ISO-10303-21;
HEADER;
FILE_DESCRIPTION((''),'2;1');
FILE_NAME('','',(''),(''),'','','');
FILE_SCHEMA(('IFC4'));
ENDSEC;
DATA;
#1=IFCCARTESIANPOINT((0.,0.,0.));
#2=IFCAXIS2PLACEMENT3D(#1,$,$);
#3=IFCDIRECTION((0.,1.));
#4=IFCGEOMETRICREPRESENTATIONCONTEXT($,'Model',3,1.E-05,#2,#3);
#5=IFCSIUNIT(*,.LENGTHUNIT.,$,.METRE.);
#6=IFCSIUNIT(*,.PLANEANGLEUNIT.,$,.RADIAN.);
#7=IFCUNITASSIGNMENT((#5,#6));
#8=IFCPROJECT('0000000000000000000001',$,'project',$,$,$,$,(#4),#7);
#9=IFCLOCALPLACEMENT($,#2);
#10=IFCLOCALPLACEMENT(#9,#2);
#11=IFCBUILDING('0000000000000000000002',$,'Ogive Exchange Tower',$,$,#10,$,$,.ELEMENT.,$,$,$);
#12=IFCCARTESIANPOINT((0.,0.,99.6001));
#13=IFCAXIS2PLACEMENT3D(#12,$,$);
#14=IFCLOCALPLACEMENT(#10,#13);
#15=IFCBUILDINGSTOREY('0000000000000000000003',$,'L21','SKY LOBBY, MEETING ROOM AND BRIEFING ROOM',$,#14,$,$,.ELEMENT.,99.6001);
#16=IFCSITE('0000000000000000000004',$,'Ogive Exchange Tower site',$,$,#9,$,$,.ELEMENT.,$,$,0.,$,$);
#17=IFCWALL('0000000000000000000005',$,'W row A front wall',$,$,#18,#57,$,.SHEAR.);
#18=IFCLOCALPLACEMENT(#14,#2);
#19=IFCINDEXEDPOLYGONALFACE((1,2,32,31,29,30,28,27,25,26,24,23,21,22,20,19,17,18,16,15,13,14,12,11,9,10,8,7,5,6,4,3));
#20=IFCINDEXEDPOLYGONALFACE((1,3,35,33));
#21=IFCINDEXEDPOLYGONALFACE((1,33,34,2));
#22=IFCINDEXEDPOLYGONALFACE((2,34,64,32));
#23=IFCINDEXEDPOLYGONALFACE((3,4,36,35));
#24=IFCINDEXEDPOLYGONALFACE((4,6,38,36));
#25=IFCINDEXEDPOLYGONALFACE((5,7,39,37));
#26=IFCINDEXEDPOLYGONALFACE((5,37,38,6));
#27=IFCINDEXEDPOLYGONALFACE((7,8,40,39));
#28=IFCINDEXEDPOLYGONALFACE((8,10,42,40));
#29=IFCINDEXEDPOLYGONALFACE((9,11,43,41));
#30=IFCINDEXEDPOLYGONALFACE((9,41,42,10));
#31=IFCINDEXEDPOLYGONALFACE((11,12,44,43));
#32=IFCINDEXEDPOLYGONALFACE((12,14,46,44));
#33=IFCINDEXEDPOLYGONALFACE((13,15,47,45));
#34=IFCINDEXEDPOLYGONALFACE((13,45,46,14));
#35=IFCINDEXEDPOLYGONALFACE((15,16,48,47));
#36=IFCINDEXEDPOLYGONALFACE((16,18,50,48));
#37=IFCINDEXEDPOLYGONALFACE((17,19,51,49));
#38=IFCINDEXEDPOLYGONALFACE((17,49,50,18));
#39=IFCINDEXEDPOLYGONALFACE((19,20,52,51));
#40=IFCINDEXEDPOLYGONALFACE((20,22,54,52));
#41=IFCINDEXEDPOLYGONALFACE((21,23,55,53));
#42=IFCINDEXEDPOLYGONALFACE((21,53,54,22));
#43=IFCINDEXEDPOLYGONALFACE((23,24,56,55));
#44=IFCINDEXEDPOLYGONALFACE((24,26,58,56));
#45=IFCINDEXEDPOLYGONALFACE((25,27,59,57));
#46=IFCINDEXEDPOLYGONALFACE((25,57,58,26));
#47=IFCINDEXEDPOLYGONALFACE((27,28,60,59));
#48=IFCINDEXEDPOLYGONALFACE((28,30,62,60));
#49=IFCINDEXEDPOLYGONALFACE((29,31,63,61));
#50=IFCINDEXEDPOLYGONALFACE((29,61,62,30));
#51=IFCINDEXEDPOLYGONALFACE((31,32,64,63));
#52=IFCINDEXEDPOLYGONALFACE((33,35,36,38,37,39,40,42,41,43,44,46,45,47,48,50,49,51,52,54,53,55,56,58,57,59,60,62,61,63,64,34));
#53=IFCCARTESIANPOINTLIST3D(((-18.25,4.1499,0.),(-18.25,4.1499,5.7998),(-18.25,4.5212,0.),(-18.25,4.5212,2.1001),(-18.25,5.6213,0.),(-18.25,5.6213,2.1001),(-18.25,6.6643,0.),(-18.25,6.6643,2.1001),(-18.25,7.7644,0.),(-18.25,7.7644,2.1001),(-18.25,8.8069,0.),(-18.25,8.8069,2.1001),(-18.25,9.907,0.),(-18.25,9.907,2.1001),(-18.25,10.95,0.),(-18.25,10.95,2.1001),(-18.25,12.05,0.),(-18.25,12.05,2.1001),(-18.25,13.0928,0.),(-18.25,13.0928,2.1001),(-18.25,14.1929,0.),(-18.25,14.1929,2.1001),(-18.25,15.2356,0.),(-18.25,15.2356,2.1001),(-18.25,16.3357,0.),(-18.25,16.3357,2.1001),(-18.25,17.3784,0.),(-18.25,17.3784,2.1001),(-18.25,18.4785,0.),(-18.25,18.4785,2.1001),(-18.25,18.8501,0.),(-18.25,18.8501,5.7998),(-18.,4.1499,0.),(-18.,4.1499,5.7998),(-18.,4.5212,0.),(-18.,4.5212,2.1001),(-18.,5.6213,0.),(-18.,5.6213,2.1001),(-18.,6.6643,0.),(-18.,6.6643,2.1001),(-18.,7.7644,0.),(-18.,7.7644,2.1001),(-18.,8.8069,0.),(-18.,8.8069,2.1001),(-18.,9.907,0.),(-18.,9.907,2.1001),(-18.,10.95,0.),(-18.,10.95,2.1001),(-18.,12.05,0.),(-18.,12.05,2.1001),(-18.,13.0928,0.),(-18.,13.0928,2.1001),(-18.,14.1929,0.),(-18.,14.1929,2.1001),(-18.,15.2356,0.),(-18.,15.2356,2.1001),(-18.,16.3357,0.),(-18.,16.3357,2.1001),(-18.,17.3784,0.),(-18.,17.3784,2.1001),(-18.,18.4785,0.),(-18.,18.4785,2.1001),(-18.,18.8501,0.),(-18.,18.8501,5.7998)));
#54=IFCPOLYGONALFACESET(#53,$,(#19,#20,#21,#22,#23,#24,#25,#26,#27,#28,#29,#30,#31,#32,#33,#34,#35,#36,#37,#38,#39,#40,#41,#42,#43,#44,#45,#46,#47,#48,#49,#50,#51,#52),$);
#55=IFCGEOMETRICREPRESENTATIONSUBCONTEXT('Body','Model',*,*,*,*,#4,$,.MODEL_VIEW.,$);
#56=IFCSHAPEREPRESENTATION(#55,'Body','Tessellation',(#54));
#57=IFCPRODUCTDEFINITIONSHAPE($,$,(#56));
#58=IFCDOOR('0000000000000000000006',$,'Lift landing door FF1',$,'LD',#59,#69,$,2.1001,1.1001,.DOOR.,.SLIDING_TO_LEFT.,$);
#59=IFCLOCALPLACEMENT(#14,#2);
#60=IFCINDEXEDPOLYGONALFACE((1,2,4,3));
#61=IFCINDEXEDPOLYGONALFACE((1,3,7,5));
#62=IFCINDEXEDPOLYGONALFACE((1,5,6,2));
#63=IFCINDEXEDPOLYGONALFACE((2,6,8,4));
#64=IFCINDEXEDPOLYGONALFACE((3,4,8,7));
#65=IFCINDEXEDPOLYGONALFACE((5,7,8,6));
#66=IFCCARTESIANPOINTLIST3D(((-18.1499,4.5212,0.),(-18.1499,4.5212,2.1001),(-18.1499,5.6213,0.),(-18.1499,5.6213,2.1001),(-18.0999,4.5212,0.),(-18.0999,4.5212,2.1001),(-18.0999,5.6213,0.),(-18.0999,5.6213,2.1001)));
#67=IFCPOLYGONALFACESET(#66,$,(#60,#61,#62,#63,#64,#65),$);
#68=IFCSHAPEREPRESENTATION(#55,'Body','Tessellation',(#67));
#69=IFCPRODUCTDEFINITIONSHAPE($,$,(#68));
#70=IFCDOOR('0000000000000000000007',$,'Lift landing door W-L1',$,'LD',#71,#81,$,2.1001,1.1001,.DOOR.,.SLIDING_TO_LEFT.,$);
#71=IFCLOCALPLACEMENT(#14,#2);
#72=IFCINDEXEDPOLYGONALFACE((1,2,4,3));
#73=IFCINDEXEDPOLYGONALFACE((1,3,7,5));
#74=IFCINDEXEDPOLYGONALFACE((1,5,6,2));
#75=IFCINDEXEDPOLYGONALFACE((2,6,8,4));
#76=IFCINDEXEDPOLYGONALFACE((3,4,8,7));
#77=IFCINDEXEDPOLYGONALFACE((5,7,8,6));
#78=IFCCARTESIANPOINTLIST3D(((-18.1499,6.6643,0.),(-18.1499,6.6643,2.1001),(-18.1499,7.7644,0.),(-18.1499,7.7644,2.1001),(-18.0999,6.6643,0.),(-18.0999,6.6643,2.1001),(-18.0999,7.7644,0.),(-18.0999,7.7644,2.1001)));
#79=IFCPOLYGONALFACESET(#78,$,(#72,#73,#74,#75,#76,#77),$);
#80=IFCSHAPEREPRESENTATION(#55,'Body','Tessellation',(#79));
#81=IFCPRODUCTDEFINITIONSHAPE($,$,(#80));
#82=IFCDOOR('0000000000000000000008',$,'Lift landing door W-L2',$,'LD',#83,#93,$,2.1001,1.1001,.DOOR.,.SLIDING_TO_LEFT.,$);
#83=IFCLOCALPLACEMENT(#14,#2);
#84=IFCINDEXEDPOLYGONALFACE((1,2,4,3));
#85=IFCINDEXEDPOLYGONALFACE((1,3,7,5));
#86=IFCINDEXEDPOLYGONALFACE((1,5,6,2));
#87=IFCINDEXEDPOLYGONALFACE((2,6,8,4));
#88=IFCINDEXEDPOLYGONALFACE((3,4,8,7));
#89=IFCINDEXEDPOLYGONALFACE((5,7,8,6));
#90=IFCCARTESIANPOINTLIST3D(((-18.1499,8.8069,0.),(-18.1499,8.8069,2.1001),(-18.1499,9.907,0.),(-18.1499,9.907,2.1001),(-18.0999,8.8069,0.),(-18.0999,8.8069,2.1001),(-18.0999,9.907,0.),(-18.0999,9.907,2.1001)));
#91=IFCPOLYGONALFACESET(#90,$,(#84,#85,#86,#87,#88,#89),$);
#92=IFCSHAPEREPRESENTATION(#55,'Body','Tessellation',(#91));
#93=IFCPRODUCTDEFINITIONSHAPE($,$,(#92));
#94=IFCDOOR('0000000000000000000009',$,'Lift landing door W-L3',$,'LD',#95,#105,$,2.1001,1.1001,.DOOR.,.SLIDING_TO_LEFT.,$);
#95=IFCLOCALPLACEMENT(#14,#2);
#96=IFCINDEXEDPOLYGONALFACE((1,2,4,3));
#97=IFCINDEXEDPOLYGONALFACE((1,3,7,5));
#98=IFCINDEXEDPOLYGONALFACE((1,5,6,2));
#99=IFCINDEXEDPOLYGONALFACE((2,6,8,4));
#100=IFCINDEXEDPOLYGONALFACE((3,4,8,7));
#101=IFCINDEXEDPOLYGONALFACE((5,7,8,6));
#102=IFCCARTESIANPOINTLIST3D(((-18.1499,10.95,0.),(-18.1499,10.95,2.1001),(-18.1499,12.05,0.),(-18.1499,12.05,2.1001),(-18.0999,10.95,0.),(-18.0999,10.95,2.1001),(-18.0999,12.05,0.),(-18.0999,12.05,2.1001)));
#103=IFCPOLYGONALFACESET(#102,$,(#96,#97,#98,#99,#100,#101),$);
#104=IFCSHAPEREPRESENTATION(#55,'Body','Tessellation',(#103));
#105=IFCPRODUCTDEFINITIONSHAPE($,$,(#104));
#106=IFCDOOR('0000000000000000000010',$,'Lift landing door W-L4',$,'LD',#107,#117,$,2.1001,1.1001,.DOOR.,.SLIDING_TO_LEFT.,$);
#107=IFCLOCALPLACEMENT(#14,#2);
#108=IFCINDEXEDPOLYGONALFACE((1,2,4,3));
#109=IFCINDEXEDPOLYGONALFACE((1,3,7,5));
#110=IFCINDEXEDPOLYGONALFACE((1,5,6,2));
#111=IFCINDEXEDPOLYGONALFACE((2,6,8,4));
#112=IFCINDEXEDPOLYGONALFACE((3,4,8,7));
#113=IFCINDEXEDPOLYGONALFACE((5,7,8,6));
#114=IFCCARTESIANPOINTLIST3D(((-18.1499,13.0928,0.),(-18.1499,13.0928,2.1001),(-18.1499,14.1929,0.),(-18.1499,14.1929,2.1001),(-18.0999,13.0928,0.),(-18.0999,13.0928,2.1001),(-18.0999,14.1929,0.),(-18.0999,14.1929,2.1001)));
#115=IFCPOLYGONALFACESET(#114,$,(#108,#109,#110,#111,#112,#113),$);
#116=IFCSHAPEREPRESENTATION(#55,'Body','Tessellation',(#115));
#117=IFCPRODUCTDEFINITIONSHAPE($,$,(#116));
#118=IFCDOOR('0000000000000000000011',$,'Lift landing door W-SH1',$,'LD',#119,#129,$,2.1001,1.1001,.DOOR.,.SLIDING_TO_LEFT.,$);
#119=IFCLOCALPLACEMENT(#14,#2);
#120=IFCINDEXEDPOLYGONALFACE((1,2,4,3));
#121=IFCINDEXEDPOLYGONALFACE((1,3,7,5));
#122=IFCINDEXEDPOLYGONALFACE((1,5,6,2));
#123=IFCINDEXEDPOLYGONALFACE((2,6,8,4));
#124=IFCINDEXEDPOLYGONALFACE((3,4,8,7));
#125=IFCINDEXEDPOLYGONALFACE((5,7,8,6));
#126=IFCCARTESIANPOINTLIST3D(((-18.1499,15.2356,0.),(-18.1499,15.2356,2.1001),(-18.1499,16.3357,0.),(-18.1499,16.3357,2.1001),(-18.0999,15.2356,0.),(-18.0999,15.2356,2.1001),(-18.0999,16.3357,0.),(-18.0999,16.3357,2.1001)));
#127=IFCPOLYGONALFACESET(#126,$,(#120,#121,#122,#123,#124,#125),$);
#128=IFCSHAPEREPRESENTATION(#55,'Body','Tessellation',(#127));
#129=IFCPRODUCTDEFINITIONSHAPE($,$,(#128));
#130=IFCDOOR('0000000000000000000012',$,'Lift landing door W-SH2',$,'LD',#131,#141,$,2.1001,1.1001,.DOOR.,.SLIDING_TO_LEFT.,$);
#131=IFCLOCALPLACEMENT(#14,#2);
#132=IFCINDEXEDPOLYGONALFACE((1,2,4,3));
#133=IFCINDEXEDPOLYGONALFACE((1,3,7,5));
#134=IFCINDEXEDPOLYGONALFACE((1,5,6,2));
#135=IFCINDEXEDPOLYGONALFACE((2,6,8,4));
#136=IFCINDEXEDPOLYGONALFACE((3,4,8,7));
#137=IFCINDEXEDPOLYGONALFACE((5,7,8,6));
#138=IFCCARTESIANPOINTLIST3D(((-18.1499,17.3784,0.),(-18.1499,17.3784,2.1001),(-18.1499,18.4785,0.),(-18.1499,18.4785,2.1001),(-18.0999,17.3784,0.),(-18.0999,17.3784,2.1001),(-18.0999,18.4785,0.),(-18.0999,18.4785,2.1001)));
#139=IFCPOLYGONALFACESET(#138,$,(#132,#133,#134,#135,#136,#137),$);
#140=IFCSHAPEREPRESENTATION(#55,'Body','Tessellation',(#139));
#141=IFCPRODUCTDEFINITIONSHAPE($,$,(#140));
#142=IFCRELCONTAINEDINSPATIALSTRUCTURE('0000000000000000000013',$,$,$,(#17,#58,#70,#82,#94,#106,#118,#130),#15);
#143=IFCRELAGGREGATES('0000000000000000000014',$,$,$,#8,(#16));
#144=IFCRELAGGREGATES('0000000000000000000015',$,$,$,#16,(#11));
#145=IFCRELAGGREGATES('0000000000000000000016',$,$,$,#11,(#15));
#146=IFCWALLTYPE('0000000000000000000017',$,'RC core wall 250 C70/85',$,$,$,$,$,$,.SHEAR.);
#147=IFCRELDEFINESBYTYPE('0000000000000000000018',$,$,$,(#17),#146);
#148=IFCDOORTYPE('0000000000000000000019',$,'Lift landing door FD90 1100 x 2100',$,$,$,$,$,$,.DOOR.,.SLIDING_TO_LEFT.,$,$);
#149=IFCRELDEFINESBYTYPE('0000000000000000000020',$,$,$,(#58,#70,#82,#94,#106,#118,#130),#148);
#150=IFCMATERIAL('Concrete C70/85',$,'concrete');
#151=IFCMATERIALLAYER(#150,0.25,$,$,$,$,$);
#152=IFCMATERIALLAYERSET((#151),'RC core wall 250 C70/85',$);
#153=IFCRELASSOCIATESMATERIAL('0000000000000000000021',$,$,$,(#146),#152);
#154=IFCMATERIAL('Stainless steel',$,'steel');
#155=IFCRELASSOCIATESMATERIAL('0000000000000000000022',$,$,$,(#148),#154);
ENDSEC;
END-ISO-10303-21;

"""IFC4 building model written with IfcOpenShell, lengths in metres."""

from ifc_helpers import new_model, si_unit, direction, frame, frame_2d, origin, place, context, subcontext, project, spatial, rectangle, extrude, material, layer, layer_set, type_object, element, fill, save


model = new_model("IFC4")

# Units and contexts
model_context = context("Model", 3, precision=1e-05, world=origin(), true_north=direction((0.0, 1.0)))
body_context = subcontext(model_context, "Body", "Model", "MODEL_VIEW")
ifc_project = project(units=[si_unit("LENGTHUNIT", "METRE"), si_unit("PLANEANGLEUNIT", "RADIAN")], contexts=[model_context])

# Site, building, storey
site_placement = place(None, origin())
site = spatial("IfcSite", under=ifc_project, at=site_placement, Name="Ogive Exchange Tower site", CompositionType="ELEMENT", RefElevation=0.0)
building_placement = place(site_placement, origin())
building = spatial("IfcBuilding", under=site, at=building_placement, Name="Ogive Exchange Tower", CompositionType="ELEMENT")
storey_placement = place(building_placement, frame((0.0, 0.0, 99.6001)))
storey = spatial("IfcBuildingStorey", under=building, at=storey_placement, Name="L21", Description="SKY LOBBY, MEETING ROOM AND BRIEFING ROOM", CompositionType="ELEMENT", Elevation=99.6001)

# Shared definitions
ifc_material_1 = material(Name="Concrete C70/85", Category="concrete")
ifc_layer_1 = layer(ifc_material_1, 0.25)
ifc_layer_set_1 = layer_set([ifc_layer_1], Name="RC core wall 250 C70/85")
wall_type_1 = type_object("IfcWallType", Name="RC core wall 250 C70/85", PredefinedType="SHEAR", material=ifc_layer_set_1)

# Wall, openings, doors
wall_1_placement = place(storey_placement, frame((-18.125, 4.1499, 0.0), z_axis=(0.0, 0.0, 1.0), x_axis=(0.0, 1.0, 0.0)))
wall_1 = element("IfcWall", 1, at=wall_1_placement, inside=storey, type_object=wall_type_1, Name="W row A front wall", PredefinedType="SHEAR", context=body_context, shape_type="SweptSolid", body=[
    extrude(rectangle(XDim=14.7002, YDim=0.25, at=frame_2d((7.3501, 0.0))), origin(), (0.0, 0.0, 1.0), 5.7998),
])
opening_1_placement = place(wall_1_placement, frame((0.3713, 0.0, 0.0)))
opening_1 = element("IfcOpeningElement", 2, at=opening_1_placement, cuts=wall_1, PredefinedType="OPENING", context=body_context, shape_type="SweptSolid", body=[
    extrude(rectangle(XDim=1.1001, YDim=2.1001, at=frame_2d((0.55, 1.05))), frame((0.0, 0.135, 0.0), z_axis=(0.0, -1.0, 0.0), x_axis=(1.0, 0.0, 0.0)), (0.0, 0.0, 1.0), 0.27),
])
opening_2_placement = place(wall_1_placement, frame((2.5144, 0.0, 0.0)))
opening_2 = element("IfcOpeningElement", 3, at=opening_2_placement, cuts=wall_1, PredefinedType="OPENING", context=body_context, shape_type="SweptSolid", body=[
    extrude(rectangle(XDim=1.1001, YDim=2.1001, at=frame_2d((0.55, 1.05))), frame((0.0, 0.135, 0.0), z_axis=(0.0, -1.0, 0.0), x_axis=(1.0, 0.0, 0.0)), (0.0, 0.0, 1.0), 0.27),
])
opening_3_placement = place(wall_1_placement, frame((4.657, 0.0, 0.0)))
opening_3 = element("IfcOpeningElement", 4, at=opening_3_placement, cuts=wall_1, PredefinedType="OPENING", context=body_context, shape_type="SweptSolid", body=[
    extrude(rectangle(XDim=1.1001, YDim=2.1001, at=frame_2d((0.55, 1.05))), frame((0.0, 0.135, 0.0), z_axis=(0.0, -1.0, 0.0), x_axis=(1.0, 0.0, 0.0)), (0.0, 0.0, 1.0), 0.27),
])
opening_4_placement = place(wall_1_placement, frame((6.8, 0.0, 0.0)))
opening_4 = element("IfcOpeningElement", 5, at=opening_4_placement, cuts=wall_1, PredefinedType="OPENING", context=body_context, shape_type="SweptSolid", body=[
    extrude(rectangle(XDim=1.1001, YDim=2.1001, at=frame_2d((0.55, 1.05))), frame((0.0, 0.135, 0.0), z_axis=(0.0, -1.0, 0.0), x_axis=(1.0, 0.0, 0.0)), (0.0, 0.0, 1.0), 0.27),
])
opening_5_placement = place(wall_1_placement, frame((8.9429, 0.0, 0.0)))
opening_5 = element("IfcOpeningElement", 6, at=opening_5_placement, cuts=wall_1, PredefinedType="OPENING", context=body_context, shape_type="SweptSolid", body=[
    extrude(rectangle(XDim=1.1001, YDim=2.1001, at=frame_2d((0.55, 1.05))), frame((0.0, 0.135, 0.0), z_axis=(0.0, -1.0, 0.0), x_axis=(1.0, 0.0, 0.0)), (0.0, 0.0, 1.0), 0.27),
])
opening_6_placement = place(wall_1_placement, frame((11.0857, 0.0, 0.0)))
opening_6 = element("IfcOpeningElement", 7, at=opening_6_placement, cuts=wall_1, PredefinedType="OPENING", context=body_context, shape_type="SweptSolid", body=[
    extrude(rectangle(XDim=1.1001, YDim=2.1001, at=frame_2d((0.55, 1.05))), frame((0.0, 0.135, 0.0), z_axis=(0.0, -1.0, 0.0), x_axis=(1.0, 0.0, 0.0)), (0.0, 0.0, 1.0), 0.27),
])
opening_7_placement = place(wall_1_placement, frame((13.2285, 0.0, 0.0)))
opening_7 = element("IfcOpeningElement", 8, at=opening_7_placement, cuts=wall_1, PredefinedType="OPENING", context=body_context, shape_type="SweptSolid", body=[
    extrude(rectangle(XDim=1.1001, YDim=2.1001, at=frame_2d((0.55, 1.05))), frame((0.0, 0.135, 0.0), z_axis=(0.0, -1.0, 0.0), x_axis=(1.0, 0.0, 0.0)), (0.0, 0.0, 1.0), 0.27),
])
ifc_material_2 = material(Name="Stainless steel", Category="steel")
door_type_1 = type_object("IfcDoorType", Name="Lift landing door FD90 1100 x 2100", OperationType="SLIDING_TO_LEFT", PredefinedType="DOOR", material=ifc_material_2)
door_1_placement = place(opening_1_placement, origin())
door_1 = element("IfcDoor", 9, at=door_1_placement, inside=storey, type_object=door_type_1, Name="Lift landing door FF1", ObjectType="LD", OperationType="SLIDING_TO_LEFT", OverallHeight=2.1001, OverallWidth=1.1001, PredefinedType="DOOR", context=body_context, shape_type="SweptSolid", body=[
    extrude(rectangle(XDim=1.1001, YDim=2.1001, at=frame_2d((0.55, 1.05))), frame((0.0, 0.0249, 0.0), z_axis=(0.0, -1.0, 0.0), x_axis=(1.0, 0.0, 0.0)), (0.0, 0.0, 1.0), 0.05),
])
fill(opening_1, door_1)
door_2_placement = place(opening_2_placement, origin())
door_2 = element("IfcDoor", 10, at=door_2_placement, inside=storey, type_object=door_type_1, Name="Lift landing door W-L1", ObjectType="LD", OperationType="SLIDING_TO_LEFT", OverallHeight=2.1001, OverallWidth=1.1001, PredefinedType="DOOR", context=body_context, shape_type="SweptSolid", body=[
    extrude(rectangle(XDim=1.1001, YDim=2.1001, at=frame_2d((0.55, 1.05))), frame((0.0, 0.0249, 0.0), z_axis=(0.0, -1.0, 0.0), x_axis=(1.0, 0.0, 0.0)), (0.0, 0.0, 1.0), 0.05),
])
fill(opening_2, door_2)
door_3_placement = place(opening_3_placement, origin())
door_3 = element("IfcDoor", 11, at=door_3_placement, inside=storey, type_object=door_type_1, Name="Lift landing door W-L2", ObjectType="LD", OperationType="SLIDING_TO_LEFT", OverallHeight=2.1001, OverallWidth=1.1001, PredefinedType="DOOR", context=body_context, shape_type="SweptSolid", body=[
    extrude(rectangle(XDim=1.1001, YDim=2.1001, at=frame_2d((0.55, 1.05))), frame((0.0, 0.0249, 0.0), z_axis=(0.0, -1.0, 0.0), x_axis=(1.0, 0.0, 0.0)), (0.0, 0.0, 1.0), 0.05),
])
fill(opening_3, door_3)
door_4_placement = place(opening_4_placement, origin())
door_4 = element("IfcDoor", 12, at=door_4_placement, inside=storey, type_object=door_type_1, Name="Lift landing door W-L3", ObjectType="LD", OperationType="SLIDING_TO_LEFT", OverallHeight=2.1001, OverallWidth=1.1001, PredefinedType="DOOR", context=body_context, shape_type="SweptSolid", body=[
    extrude(rectangle(XDim=1.1001, YDim=2.1001, at=frame_2d((0.55, 1.05))), frame((0.0, 0.0249, 0.0), z_axis=(0.0, -1.0, 0.0), x_axis=(1.0, 0.0, 0.0)), (0.0, 0.0, 1.0), 0.05),
])
fill(opening_4, door_4)
door_5_placement = place(opening_5_placement, origin())
door_5 = element("IfcDoor", 13, at=door_5_placement, inside=storey, type_object=door_type_1, Name="Lift landing door W-L4", ObjectType="LD", OperationType="SLIDING_TO_LEFT", OverallHeight=2.1001, OverallWidth=1.1001, PredefinedType="DOOR", context=body_context, shape_type="SweptSolid", body=[
    extrude(rectangle(XDim=1.1001, YDim=2.1001, at=frame_2d((0.55, 1.05))), frame((0.0, 0.0249, 0.0), z_axis=(0.0, -1.0, 0.0), x_axis=(1.0, 0.0, 0.0)), (0.0, 0.0, 1.0), 0.05),
])
fill(opening_5, door_5)
door_6_placement = place(opening_6_placement, origin())
door_6 = element("IfcDoor", 14, at=door_6_placement, inside=storey, type_object=door_type_1, Name="Lift landing door W-SH1", ObjectType="LD", OperationType="SLIDING_TO_LEFT", OverallHeight=2.1001, OverallWidth=1.1001, PredefinedType="DOOR", context=body_context, shape_type="SweptSolid", body=[
    extrude(rectangle(XDim=1.1001, YDim=2.1001, at=frame_2d((0.55, 1.05))), frame((0.0, 0.0249, 0.0), z_axis=(0.0, -1.0, 0.0), x_axis=(1.0, 0.0, 0.0)), (0.0, 0.0, 1.0), 0.05),
])
fill(opening_6, door_6)
door_7_placement = place(opening_7_placement, origin())
door_7 = element("IfcDoor", 15, at=door_7_placement, inside=storey, type_object=door_type_1, Name="Lift landing door W-SH2", ObjectType="LD", OperationType="SLIDING_TO_LEFT", OverallHeight=2.1001, OverallWidth=1.1001, PredefinedType="DOOR", context=body_context, shape_type="SweptSolid", body=[
    extrude(rectangle(XDim=1.1001, YDim=2.1001, at=frame_2d((0.55, 1.05))), frame((0.0, 0.0249, 0.0), z_axis=(0.0, -1.0, 0.0), x_axis=(1.0, 0.0, 0.0)), (0.0, 0.0, 1.0), 0.05),
])
fill(opening_7, door_7)

save(model, "model.ifc")
